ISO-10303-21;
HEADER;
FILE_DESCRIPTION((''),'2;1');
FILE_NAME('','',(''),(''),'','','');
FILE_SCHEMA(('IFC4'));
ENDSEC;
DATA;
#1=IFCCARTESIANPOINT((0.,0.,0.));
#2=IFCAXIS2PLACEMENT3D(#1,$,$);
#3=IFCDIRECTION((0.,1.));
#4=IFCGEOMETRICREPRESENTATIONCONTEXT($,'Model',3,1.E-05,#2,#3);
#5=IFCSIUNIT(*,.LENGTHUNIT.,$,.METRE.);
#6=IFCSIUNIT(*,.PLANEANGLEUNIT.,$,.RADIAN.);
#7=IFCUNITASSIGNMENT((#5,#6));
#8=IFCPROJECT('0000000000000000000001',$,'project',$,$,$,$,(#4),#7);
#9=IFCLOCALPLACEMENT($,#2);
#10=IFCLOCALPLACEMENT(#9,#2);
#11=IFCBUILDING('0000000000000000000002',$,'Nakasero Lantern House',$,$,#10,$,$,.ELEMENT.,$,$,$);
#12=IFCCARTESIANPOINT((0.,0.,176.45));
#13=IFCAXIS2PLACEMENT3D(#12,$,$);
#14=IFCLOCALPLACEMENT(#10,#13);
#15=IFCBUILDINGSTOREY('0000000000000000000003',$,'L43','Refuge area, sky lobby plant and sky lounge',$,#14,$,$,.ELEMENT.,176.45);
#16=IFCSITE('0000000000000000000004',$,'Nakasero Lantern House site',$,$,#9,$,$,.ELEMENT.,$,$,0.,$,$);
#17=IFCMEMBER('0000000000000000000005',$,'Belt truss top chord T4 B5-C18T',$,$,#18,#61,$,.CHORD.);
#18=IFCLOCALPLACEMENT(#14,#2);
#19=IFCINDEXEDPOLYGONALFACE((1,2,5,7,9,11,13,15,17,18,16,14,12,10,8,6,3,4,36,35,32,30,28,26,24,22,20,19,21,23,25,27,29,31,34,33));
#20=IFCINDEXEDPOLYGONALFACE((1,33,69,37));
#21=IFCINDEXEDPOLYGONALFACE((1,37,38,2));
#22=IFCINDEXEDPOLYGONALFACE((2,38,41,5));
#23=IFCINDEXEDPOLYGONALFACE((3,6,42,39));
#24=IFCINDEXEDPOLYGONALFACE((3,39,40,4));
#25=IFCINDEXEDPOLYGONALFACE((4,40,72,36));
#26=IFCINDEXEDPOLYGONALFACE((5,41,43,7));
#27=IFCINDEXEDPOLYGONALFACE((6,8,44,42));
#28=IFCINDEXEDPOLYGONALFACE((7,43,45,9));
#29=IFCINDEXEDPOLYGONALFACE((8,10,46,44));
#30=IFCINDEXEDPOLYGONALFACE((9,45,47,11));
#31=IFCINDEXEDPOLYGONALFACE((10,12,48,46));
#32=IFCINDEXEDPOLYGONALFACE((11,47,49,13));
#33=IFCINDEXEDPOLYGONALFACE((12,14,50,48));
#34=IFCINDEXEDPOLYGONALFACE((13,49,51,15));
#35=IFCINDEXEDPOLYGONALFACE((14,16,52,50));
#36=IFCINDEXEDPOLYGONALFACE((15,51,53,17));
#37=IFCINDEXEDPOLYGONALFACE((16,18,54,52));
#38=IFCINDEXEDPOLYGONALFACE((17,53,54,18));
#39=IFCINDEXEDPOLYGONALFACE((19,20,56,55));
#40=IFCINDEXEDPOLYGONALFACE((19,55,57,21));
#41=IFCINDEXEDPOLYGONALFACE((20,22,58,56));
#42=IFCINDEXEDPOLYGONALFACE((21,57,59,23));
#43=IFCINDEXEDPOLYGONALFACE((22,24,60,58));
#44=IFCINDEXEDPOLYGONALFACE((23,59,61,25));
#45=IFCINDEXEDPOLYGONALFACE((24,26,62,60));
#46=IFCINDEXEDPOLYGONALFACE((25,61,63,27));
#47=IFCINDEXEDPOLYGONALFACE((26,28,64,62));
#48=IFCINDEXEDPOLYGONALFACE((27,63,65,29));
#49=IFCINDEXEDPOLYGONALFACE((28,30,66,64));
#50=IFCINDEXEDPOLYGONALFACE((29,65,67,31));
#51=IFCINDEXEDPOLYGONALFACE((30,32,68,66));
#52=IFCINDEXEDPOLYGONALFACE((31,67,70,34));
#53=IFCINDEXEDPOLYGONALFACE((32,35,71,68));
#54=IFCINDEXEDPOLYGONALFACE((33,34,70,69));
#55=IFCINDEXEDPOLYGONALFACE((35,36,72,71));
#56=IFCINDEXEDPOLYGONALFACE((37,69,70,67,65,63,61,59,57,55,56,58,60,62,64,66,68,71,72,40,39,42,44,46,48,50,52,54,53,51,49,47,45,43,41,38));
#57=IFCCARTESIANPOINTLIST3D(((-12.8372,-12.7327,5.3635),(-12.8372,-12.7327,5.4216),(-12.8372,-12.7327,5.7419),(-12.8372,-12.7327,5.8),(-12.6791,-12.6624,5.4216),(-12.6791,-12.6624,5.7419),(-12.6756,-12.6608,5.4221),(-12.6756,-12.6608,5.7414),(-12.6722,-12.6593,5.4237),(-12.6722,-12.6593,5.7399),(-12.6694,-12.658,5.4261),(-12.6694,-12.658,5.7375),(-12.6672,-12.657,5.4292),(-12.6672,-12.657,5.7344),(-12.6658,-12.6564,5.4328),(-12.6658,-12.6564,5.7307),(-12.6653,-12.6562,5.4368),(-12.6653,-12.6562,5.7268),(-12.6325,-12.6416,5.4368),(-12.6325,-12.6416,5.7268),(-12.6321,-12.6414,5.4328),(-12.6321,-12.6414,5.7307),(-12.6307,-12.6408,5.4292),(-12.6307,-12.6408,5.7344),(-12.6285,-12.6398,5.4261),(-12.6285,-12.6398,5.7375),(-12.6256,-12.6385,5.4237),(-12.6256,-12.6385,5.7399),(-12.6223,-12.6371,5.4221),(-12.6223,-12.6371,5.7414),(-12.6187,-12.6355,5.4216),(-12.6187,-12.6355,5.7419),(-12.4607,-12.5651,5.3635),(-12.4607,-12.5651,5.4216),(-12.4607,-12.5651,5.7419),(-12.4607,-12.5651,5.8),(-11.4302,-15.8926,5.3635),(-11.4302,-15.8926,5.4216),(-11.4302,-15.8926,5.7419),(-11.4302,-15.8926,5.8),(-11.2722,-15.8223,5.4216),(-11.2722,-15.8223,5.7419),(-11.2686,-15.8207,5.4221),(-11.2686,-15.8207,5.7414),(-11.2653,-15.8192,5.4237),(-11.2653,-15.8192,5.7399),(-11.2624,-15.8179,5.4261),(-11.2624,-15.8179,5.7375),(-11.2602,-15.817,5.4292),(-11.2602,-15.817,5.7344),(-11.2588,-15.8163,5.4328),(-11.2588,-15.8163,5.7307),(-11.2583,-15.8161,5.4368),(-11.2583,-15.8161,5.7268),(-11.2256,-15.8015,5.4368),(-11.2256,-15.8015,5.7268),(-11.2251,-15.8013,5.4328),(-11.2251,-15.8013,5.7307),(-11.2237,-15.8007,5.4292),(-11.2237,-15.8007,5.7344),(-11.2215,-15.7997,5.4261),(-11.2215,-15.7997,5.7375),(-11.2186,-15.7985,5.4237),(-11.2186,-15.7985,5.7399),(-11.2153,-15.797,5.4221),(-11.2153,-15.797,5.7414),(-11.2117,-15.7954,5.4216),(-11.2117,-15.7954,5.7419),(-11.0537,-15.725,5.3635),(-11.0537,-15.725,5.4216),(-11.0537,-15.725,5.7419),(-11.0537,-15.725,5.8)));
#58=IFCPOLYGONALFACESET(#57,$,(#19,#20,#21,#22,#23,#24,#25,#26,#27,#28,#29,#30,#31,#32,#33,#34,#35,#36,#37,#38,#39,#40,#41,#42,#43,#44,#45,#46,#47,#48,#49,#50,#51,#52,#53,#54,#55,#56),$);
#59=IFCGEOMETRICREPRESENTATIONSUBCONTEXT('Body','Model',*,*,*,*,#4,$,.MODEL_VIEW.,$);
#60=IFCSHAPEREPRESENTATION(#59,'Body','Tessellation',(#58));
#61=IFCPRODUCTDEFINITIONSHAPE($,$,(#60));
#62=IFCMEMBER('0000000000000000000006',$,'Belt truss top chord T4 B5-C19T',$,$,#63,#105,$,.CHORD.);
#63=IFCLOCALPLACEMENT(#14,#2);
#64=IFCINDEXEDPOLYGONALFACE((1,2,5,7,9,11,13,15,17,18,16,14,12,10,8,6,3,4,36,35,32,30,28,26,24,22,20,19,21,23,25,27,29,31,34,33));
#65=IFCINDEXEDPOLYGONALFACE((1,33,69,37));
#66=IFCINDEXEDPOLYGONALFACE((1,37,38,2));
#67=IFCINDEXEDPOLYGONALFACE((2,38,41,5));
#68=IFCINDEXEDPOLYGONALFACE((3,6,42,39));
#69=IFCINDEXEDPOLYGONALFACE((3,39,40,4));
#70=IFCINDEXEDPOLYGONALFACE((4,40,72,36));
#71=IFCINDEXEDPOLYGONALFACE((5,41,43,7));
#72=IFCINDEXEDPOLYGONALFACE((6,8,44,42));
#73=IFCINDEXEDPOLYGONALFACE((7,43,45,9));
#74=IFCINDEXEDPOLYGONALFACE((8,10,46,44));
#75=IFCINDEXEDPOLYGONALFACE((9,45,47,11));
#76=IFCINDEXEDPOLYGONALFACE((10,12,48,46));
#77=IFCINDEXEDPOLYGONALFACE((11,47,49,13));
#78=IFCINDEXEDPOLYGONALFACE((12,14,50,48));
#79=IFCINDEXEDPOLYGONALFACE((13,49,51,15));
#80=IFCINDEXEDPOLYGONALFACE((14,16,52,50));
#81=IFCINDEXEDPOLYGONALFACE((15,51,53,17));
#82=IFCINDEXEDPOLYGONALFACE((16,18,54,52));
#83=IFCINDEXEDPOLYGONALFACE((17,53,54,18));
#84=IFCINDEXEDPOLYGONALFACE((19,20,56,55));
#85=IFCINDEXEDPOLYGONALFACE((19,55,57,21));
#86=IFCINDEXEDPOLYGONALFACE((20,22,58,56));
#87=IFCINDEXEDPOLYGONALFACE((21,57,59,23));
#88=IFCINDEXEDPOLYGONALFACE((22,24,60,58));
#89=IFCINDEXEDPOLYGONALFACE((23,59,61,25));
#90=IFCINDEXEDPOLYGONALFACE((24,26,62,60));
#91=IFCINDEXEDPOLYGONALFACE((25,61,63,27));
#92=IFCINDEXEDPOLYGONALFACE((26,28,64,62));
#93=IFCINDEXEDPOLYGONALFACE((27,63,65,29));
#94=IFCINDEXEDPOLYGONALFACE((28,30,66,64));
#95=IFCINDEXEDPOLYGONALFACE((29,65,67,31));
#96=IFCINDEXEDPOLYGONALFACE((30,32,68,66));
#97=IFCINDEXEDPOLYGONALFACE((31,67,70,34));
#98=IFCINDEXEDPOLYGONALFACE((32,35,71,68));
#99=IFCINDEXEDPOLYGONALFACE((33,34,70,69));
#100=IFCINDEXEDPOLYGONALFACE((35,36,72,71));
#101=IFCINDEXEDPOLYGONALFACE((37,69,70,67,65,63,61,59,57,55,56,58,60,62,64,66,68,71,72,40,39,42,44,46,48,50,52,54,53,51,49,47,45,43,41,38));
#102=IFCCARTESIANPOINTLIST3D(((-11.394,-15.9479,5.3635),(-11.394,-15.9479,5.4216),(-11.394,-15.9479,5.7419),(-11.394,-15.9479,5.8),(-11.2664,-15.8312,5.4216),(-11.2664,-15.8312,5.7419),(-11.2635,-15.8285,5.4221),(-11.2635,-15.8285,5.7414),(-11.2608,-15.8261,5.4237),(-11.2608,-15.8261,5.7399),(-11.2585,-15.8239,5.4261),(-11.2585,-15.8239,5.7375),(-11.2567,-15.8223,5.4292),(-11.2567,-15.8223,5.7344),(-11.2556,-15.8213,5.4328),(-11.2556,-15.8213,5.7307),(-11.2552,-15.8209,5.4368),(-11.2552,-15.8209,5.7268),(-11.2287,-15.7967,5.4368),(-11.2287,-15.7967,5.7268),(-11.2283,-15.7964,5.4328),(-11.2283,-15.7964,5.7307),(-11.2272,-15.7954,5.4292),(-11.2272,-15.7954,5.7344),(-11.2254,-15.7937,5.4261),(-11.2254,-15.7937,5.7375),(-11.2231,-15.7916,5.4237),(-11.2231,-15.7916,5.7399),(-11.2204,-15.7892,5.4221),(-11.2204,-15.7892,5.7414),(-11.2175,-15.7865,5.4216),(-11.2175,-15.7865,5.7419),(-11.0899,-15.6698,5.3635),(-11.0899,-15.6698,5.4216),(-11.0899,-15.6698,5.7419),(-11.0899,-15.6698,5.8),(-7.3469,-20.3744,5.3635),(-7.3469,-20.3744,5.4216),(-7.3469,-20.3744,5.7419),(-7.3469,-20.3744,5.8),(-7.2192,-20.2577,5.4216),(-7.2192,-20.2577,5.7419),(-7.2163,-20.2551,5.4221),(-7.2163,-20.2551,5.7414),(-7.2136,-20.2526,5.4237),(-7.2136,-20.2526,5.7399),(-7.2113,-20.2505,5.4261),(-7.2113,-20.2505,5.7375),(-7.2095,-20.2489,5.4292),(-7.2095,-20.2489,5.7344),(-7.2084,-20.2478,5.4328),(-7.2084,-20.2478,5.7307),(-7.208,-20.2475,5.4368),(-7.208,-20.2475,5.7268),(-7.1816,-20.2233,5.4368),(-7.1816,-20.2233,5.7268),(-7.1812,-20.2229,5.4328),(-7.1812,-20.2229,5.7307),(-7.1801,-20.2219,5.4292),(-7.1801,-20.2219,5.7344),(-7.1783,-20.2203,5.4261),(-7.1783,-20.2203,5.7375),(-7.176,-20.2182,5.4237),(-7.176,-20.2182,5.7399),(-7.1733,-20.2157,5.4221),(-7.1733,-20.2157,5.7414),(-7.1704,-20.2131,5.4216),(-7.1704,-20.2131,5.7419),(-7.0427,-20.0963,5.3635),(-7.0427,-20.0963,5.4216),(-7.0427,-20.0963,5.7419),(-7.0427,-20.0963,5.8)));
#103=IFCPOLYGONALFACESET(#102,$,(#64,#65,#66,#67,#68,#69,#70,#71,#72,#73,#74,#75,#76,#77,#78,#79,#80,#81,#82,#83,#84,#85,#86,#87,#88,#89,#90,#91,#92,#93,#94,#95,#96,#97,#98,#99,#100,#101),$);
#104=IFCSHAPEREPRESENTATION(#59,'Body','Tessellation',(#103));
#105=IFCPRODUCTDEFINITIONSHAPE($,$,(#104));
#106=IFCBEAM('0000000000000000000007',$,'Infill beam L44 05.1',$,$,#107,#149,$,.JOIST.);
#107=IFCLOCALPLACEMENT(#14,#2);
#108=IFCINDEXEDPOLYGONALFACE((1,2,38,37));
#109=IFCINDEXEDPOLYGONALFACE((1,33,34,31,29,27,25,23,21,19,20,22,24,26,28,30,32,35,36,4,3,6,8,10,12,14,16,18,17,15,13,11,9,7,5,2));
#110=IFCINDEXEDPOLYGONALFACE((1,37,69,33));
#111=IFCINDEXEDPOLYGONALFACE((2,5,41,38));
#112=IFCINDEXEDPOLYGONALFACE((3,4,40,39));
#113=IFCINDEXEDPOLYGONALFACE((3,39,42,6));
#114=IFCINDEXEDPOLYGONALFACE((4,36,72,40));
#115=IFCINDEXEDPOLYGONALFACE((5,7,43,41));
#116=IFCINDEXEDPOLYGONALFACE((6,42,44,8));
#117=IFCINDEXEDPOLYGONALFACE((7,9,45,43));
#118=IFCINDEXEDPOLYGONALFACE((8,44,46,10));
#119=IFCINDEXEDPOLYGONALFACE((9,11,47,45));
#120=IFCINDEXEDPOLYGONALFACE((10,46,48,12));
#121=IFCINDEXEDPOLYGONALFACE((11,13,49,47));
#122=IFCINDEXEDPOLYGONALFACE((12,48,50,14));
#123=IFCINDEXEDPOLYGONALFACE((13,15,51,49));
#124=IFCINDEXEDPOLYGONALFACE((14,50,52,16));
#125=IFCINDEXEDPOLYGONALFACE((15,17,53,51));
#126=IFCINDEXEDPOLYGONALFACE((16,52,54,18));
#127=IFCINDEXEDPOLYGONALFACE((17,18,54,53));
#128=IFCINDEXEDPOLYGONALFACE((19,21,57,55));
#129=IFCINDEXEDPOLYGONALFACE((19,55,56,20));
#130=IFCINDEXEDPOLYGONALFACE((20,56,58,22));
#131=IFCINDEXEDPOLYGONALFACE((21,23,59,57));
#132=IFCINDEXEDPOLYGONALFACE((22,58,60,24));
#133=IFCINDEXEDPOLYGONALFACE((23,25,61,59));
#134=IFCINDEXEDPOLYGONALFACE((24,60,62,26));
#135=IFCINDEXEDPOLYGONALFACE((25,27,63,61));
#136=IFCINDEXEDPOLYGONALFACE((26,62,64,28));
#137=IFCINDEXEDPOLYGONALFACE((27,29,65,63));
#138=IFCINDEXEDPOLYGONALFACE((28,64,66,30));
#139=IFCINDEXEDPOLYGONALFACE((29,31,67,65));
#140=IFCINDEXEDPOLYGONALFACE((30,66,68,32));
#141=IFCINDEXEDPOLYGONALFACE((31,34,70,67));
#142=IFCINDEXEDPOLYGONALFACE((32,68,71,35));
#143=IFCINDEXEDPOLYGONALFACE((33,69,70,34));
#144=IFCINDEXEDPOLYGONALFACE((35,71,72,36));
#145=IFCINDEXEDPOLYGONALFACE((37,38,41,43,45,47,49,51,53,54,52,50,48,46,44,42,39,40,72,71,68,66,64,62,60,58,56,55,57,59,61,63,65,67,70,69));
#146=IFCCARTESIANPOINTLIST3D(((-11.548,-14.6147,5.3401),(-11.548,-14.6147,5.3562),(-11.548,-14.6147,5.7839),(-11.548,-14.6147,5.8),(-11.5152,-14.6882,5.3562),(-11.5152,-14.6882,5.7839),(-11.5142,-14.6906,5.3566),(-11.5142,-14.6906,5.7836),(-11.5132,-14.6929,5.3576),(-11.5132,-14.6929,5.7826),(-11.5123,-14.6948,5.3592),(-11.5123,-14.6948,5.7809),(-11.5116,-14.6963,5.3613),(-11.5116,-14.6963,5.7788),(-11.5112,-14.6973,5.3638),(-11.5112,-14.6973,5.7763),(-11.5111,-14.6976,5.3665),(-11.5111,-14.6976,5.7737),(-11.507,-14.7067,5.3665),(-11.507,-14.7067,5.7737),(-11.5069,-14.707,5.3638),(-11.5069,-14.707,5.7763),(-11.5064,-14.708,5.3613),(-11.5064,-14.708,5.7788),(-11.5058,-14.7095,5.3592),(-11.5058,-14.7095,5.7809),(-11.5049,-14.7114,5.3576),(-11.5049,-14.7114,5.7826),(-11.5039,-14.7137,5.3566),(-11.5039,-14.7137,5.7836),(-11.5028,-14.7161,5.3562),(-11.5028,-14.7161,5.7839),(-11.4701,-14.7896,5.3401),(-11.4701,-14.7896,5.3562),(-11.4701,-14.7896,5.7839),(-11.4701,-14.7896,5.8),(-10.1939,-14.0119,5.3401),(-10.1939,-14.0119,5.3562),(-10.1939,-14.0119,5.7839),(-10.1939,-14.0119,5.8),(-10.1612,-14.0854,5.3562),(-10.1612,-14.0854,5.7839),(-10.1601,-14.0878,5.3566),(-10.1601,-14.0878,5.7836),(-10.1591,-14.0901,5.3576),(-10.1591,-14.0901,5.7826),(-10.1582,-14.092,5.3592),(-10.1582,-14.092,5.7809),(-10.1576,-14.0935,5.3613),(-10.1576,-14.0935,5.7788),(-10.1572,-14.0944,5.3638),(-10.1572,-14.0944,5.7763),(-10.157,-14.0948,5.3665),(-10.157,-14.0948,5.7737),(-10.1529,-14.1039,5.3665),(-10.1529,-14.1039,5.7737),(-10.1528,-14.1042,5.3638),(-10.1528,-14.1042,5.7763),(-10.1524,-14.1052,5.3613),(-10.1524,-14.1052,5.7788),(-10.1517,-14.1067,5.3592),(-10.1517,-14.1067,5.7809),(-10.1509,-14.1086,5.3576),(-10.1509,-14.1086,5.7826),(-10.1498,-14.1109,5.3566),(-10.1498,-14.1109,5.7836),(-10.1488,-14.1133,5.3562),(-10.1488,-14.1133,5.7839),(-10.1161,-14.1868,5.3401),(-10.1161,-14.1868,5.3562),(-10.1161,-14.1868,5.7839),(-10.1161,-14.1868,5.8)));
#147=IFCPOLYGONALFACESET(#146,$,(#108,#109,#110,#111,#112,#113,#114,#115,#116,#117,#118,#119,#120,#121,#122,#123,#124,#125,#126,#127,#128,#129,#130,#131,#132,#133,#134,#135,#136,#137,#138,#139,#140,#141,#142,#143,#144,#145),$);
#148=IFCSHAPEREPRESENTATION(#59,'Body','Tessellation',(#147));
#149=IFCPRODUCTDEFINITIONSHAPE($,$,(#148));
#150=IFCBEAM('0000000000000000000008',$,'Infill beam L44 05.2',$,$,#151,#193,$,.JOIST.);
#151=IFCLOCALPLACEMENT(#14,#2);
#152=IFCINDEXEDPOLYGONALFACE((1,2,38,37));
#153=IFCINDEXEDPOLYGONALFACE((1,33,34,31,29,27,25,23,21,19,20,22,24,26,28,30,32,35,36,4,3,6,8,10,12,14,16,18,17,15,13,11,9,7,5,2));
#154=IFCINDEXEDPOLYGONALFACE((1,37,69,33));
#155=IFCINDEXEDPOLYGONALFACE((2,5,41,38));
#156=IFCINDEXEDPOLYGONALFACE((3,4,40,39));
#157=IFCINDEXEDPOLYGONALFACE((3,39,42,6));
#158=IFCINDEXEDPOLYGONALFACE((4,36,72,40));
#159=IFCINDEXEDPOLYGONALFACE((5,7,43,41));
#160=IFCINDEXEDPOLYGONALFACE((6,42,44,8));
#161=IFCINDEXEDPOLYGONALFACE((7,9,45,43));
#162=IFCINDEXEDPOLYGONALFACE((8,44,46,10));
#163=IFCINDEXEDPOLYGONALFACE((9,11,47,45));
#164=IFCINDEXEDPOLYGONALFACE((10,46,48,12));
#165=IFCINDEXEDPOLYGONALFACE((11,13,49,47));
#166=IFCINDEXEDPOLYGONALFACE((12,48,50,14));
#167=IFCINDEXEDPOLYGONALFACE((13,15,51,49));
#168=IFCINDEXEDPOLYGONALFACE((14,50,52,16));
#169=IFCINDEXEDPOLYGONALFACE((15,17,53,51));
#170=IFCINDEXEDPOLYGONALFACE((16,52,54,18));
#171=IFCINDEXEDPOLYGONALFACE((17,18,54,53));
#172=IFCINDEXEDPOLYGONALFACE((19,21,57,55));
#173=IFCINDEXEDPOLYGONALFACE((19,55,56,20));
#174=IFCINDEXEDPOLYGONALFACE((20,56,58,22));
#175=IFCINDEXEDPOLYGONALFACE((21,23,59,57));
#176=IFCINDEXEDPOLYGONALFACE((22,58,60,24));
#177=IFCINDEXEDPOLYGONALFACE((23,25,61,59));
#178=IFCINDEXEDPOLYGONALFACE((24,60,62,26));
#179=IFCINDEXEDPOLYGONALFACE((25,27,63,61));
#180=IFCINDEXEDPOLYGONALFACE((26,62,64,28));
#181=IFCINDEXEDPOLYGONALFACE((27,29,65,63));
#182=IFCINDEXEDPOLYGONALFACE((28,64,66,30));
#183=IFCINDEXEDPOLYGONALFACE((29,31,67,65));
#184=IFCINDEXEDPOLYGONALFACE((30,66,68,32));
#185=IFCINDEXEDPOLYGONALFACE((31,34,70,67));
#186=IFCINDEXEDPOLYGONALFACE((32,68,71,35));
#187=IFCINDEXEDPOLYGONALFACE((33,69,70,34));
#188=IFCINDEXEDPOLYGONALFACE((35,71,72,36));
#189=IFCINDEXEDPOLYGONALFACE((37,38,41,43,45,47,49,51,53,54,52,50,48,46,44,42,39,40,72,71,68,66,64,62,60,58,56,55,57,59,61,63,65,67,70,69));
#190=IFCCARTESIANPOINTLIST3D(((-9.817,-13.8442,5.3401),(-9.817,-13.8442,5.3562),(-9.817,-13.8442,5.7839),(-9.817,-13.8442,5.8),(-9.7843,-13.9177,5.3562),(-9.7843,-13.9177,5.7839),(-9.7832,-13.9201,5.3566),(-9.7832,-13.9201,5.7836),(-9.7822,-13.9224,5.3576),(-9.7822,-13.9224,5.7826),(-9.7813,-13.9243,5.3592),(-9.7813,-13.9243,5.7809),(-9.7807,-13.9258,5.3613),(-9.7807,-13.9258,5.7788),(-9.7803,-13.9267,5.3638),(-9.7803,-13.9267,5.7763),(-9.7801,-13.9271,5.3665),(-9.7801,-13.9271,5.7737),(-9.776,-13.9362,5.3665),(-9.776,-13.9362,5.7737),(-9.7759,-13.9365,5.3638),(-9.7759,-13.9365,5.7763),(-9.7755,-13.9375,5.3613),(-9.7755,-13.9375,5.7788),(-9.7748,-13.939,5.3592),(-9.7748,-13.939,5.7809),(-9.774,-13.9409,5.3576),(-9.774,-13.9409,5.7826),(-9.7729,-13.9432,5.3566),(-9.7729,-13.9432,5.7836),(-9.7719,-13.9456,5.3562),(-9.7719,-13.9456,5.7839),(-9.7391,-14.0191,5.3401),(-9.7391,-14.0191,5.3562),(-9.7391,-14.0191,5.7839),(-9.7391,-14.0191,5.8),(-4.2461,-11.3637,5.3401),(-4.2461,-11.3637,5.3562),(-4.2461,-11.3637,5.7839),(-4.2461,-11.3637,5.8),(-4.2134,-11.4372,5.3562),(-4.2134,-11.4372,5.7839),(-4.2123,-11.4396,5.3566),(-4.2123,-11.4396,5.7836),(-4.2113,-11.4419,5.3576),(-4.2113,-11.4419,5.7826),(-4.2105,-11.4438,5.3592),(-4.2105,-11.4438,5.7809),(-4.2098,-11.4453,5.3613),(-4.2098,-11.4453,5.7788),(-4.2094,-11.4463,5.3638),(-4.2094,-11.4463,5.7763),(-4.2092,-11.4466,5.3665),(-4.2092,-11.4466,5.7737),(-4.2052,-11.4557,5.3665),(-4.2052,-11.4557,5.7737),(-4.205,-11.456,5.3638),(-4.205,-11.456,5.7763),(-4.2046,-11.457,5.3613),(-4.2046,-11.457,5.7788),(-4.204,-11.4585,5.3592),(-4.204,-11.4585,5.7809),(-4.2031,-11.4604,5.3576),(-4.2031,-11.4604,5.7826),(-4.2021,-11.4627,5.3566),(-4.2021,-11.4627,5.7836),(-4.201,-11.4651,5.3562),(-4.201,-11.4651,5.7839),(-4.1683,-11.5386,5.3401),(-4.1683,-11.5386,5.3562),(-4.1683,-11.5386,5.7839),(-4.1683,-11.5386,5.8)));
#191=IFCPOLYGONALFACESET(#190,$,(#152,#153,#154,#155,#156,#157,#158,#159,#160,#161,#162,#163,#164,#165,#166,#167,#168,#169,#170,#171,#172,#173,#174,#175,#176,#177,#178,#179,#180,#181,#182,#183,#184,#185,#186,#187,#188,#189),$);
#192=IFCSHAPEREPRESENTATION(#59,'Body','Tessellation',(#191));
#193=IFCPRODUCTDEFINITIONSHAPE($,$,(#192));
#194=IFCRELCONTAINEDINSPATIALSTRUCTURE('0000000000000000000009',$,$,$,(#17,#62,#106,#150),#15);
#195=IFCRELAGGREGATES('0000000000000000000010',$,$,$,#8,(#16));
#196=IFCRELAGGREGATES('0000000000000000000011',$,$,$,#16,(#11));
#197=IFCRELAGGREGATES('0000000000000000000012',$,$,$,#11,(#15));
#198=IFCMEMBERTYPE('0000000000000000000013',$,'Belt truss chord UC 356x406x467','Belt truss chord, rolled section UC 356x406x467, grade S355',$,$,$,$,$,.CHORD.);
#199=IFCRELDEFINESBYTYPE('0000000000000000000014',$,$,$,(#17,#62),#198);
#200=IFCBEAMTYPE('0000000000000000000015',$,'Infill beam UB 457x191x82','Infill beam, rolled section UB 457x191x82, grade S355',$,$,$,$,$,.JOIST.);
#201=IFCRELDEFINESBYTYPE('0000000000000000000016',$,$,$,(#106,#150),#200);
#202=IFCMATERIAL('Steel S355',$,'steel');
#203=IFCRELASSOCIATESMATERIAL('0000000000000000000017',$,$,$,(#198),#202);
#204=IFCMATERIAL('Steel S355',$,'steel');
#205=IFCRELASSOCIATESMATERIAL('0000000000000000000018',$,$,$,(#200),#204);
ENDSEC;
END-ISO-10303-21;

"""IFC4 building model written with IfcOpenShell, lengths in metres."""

from ifc_helpers import new_model, si_unit, direction, frame, origin, origin_2d, place, context, subcontext, project, spatial, i_section, extrude, material, material_profile, profile_set, type_object, element, save


model = new_model("IFC4")

# Units and contexts
model_context = context("Model", 3, precision=1e-05, world=origin(), true_north=direction((0.0, 1.0)))
body_context = subcontext(model_context, "Body", "Model", "MODEL_VIEW")
ifc_project = project(units=[si_unit("LENGTHUNIT", "METRE"), si_unit("PLANEANGLEUNIT", "RADIAN")], contexts=[model_context])

# Site, building, storey
site_placement = place(None, origin())
site = spatial("IfcSite", under=ifc_project, at=site_placement, Name="Nakasero Lantern House site", CompositionType="ELEMENT", RefElevation=0.0)
building_placement = place(site_placement, origin())
building = spatial("IfcBuilding", under=site, at=building_placement, Name="Nakasero Lantern House", CompositionType="ELEMENT")
storey_placement = place(building_placement, frame((0.0, 0.0, 176.45)))
storey = spatial("IfcBuildingStorey", under=building, at=storey_placement, Name="L43", Description="Refuge area, sky lobby plant and sky lounge", CompositionType="ELEMENT", Elevation=176.45)

# Members
ifc_material_1 = material(Name="Steel S355", Category="steel")
ifc_material_profile_1 = material_profile(ifc_material_1, i_section(OverallWidth=0.4121, OverallDepth=0.4365, WebThickness=0.0359, FlangeThickness=0.0581, FilletRadius=0.0151, at=origin_2d()), Name="UC 356x406x467")
ifc_profile_set_1 = profile_set([ifc_material_profile_1], Name="Steel S355")
member_type_1 = type_object("IfcMemberType", Name="Belt truss chord UC 356x406x467", Description="Belt truss chord, rolled section UC 356x406x467, grade S355", PredefinedType="CHORD", material=ifc_profile_set_1)
member_1_placement = place(storey_placement, frame((-12.6489, -12.6489, 5.5818), z_axis=(0.406761, -0.913535, 0.0), x_axis=(0.913535, 0.406761, 0.0)))
element("IfcMember", 1, at=member_1_placement, inside=storey, type_object=member_type_1, Name="Belt truss top chord T4 B5-C18T", PredefinedType="CHORD", context=body_context, shape_type="SweptSolid", body=[
    extrude(i_section(OverallWidth=0.4121, OverallDepth=0.4365, WebThickness=0.0359, FlangeThickness=0.0581, FilletRadius=0.0151, at=origin_2d()), origin(), (0.0, 0.0, 1.0), 3.459),
])
member_2_placement = place(storey_placement, frame((-11.2419, -15.8088, 5.5818), z_axis=(0.674771, -0.738027, 0.0), x_axis=(0.738027, 0.674771, 0.0)))
element("IfcMember", 2, at=member_2_placement, inside=storey, type_object=member_type_1, Name="Belt truss top chord T4 B5-C19T", PredefinedType="CHORD", context=body_context, shape_type="SweptSolid", body=[
    extrude(i_section(OverallWidth=0.4121, OverallDepth=0.4365, WebThickness=0.0359, FlangeThickness=0.0581, FilletRadius=0.0151, at=origin_2d()), origin(), (0.0, 0.0, 1.0), 5.9978),
])

# Beams
ifc_material_2 = material(Name="Steel S355", Category="steel")
ifc_material_profile_2 = material_profile(ifc_material_2, i_section(OverallWidth=0.1914, OverallDepth=0.46, WebThickness=0.01, FlangeThickness=0.0161, FilletRadius=0.0103, at=origin_2d()), Name="UB 457x191x82")
ifc_profile_set_2 = profile_set([ifc_material_profile_2], Name="Steel S355")
beam_type_1 = type_object("IfcBeamType", Name="Infill beam UB 457x191x82", Description="Infill beam, rolled section UB 457x191x82, grade S355", PredefinedType="JOIST", material=ifc_profile_set_2)
beam_1_placement = place(storey_placement, frame((-11.509, -14.7021, 5.5701), z_axis=(0.91356, 0.406704, 0.0), x_axis=(-0.406704, 0.91356, 0.0)))
element("IfcBeam", 3, at=beam_1_placement, inside=storey, type_object=beam_type_1, Name="Infill beam L44 05.1", PredefinedType="JOIST", context=body_context, shape_type="SweptSolid", body=[
    extrude(i_section(OverallWidth=0.1914, OverallDepth=0.46, WebThickness=0.01, FlangeThickness=0.0161, FilletRadius=0.0103, at=origin_2d()), origin(), (0.0, 0.0, 1.0), 1.4822),
])
beam_2_placement = place(storey_placement, frame((-9.7781, -13.9316, 5.5701), z_axis=(0.913534, 0.406762, 0.0), x_axis=(-0.406762, 0.913534, 0.0)))
element("IfcBeam", 4, at=beam_2_placement, inside=storey, type_object=beam_type_1, Name="Infill beam L44 05.2", PredefinedType="JOIST", context=body_context, shape_type="SweptSolid", body=[
    extrude(i_section(OverallWidth=0.1914, OverallDepth=0.46, WebThickness=0.01, FlangeThickness=0.0161, FilletRadius=0.0103, at=origin_2d()), origin(), (0.0, 0.0, 1.0), 6.0981),
])

save(model, "model.ifc")
